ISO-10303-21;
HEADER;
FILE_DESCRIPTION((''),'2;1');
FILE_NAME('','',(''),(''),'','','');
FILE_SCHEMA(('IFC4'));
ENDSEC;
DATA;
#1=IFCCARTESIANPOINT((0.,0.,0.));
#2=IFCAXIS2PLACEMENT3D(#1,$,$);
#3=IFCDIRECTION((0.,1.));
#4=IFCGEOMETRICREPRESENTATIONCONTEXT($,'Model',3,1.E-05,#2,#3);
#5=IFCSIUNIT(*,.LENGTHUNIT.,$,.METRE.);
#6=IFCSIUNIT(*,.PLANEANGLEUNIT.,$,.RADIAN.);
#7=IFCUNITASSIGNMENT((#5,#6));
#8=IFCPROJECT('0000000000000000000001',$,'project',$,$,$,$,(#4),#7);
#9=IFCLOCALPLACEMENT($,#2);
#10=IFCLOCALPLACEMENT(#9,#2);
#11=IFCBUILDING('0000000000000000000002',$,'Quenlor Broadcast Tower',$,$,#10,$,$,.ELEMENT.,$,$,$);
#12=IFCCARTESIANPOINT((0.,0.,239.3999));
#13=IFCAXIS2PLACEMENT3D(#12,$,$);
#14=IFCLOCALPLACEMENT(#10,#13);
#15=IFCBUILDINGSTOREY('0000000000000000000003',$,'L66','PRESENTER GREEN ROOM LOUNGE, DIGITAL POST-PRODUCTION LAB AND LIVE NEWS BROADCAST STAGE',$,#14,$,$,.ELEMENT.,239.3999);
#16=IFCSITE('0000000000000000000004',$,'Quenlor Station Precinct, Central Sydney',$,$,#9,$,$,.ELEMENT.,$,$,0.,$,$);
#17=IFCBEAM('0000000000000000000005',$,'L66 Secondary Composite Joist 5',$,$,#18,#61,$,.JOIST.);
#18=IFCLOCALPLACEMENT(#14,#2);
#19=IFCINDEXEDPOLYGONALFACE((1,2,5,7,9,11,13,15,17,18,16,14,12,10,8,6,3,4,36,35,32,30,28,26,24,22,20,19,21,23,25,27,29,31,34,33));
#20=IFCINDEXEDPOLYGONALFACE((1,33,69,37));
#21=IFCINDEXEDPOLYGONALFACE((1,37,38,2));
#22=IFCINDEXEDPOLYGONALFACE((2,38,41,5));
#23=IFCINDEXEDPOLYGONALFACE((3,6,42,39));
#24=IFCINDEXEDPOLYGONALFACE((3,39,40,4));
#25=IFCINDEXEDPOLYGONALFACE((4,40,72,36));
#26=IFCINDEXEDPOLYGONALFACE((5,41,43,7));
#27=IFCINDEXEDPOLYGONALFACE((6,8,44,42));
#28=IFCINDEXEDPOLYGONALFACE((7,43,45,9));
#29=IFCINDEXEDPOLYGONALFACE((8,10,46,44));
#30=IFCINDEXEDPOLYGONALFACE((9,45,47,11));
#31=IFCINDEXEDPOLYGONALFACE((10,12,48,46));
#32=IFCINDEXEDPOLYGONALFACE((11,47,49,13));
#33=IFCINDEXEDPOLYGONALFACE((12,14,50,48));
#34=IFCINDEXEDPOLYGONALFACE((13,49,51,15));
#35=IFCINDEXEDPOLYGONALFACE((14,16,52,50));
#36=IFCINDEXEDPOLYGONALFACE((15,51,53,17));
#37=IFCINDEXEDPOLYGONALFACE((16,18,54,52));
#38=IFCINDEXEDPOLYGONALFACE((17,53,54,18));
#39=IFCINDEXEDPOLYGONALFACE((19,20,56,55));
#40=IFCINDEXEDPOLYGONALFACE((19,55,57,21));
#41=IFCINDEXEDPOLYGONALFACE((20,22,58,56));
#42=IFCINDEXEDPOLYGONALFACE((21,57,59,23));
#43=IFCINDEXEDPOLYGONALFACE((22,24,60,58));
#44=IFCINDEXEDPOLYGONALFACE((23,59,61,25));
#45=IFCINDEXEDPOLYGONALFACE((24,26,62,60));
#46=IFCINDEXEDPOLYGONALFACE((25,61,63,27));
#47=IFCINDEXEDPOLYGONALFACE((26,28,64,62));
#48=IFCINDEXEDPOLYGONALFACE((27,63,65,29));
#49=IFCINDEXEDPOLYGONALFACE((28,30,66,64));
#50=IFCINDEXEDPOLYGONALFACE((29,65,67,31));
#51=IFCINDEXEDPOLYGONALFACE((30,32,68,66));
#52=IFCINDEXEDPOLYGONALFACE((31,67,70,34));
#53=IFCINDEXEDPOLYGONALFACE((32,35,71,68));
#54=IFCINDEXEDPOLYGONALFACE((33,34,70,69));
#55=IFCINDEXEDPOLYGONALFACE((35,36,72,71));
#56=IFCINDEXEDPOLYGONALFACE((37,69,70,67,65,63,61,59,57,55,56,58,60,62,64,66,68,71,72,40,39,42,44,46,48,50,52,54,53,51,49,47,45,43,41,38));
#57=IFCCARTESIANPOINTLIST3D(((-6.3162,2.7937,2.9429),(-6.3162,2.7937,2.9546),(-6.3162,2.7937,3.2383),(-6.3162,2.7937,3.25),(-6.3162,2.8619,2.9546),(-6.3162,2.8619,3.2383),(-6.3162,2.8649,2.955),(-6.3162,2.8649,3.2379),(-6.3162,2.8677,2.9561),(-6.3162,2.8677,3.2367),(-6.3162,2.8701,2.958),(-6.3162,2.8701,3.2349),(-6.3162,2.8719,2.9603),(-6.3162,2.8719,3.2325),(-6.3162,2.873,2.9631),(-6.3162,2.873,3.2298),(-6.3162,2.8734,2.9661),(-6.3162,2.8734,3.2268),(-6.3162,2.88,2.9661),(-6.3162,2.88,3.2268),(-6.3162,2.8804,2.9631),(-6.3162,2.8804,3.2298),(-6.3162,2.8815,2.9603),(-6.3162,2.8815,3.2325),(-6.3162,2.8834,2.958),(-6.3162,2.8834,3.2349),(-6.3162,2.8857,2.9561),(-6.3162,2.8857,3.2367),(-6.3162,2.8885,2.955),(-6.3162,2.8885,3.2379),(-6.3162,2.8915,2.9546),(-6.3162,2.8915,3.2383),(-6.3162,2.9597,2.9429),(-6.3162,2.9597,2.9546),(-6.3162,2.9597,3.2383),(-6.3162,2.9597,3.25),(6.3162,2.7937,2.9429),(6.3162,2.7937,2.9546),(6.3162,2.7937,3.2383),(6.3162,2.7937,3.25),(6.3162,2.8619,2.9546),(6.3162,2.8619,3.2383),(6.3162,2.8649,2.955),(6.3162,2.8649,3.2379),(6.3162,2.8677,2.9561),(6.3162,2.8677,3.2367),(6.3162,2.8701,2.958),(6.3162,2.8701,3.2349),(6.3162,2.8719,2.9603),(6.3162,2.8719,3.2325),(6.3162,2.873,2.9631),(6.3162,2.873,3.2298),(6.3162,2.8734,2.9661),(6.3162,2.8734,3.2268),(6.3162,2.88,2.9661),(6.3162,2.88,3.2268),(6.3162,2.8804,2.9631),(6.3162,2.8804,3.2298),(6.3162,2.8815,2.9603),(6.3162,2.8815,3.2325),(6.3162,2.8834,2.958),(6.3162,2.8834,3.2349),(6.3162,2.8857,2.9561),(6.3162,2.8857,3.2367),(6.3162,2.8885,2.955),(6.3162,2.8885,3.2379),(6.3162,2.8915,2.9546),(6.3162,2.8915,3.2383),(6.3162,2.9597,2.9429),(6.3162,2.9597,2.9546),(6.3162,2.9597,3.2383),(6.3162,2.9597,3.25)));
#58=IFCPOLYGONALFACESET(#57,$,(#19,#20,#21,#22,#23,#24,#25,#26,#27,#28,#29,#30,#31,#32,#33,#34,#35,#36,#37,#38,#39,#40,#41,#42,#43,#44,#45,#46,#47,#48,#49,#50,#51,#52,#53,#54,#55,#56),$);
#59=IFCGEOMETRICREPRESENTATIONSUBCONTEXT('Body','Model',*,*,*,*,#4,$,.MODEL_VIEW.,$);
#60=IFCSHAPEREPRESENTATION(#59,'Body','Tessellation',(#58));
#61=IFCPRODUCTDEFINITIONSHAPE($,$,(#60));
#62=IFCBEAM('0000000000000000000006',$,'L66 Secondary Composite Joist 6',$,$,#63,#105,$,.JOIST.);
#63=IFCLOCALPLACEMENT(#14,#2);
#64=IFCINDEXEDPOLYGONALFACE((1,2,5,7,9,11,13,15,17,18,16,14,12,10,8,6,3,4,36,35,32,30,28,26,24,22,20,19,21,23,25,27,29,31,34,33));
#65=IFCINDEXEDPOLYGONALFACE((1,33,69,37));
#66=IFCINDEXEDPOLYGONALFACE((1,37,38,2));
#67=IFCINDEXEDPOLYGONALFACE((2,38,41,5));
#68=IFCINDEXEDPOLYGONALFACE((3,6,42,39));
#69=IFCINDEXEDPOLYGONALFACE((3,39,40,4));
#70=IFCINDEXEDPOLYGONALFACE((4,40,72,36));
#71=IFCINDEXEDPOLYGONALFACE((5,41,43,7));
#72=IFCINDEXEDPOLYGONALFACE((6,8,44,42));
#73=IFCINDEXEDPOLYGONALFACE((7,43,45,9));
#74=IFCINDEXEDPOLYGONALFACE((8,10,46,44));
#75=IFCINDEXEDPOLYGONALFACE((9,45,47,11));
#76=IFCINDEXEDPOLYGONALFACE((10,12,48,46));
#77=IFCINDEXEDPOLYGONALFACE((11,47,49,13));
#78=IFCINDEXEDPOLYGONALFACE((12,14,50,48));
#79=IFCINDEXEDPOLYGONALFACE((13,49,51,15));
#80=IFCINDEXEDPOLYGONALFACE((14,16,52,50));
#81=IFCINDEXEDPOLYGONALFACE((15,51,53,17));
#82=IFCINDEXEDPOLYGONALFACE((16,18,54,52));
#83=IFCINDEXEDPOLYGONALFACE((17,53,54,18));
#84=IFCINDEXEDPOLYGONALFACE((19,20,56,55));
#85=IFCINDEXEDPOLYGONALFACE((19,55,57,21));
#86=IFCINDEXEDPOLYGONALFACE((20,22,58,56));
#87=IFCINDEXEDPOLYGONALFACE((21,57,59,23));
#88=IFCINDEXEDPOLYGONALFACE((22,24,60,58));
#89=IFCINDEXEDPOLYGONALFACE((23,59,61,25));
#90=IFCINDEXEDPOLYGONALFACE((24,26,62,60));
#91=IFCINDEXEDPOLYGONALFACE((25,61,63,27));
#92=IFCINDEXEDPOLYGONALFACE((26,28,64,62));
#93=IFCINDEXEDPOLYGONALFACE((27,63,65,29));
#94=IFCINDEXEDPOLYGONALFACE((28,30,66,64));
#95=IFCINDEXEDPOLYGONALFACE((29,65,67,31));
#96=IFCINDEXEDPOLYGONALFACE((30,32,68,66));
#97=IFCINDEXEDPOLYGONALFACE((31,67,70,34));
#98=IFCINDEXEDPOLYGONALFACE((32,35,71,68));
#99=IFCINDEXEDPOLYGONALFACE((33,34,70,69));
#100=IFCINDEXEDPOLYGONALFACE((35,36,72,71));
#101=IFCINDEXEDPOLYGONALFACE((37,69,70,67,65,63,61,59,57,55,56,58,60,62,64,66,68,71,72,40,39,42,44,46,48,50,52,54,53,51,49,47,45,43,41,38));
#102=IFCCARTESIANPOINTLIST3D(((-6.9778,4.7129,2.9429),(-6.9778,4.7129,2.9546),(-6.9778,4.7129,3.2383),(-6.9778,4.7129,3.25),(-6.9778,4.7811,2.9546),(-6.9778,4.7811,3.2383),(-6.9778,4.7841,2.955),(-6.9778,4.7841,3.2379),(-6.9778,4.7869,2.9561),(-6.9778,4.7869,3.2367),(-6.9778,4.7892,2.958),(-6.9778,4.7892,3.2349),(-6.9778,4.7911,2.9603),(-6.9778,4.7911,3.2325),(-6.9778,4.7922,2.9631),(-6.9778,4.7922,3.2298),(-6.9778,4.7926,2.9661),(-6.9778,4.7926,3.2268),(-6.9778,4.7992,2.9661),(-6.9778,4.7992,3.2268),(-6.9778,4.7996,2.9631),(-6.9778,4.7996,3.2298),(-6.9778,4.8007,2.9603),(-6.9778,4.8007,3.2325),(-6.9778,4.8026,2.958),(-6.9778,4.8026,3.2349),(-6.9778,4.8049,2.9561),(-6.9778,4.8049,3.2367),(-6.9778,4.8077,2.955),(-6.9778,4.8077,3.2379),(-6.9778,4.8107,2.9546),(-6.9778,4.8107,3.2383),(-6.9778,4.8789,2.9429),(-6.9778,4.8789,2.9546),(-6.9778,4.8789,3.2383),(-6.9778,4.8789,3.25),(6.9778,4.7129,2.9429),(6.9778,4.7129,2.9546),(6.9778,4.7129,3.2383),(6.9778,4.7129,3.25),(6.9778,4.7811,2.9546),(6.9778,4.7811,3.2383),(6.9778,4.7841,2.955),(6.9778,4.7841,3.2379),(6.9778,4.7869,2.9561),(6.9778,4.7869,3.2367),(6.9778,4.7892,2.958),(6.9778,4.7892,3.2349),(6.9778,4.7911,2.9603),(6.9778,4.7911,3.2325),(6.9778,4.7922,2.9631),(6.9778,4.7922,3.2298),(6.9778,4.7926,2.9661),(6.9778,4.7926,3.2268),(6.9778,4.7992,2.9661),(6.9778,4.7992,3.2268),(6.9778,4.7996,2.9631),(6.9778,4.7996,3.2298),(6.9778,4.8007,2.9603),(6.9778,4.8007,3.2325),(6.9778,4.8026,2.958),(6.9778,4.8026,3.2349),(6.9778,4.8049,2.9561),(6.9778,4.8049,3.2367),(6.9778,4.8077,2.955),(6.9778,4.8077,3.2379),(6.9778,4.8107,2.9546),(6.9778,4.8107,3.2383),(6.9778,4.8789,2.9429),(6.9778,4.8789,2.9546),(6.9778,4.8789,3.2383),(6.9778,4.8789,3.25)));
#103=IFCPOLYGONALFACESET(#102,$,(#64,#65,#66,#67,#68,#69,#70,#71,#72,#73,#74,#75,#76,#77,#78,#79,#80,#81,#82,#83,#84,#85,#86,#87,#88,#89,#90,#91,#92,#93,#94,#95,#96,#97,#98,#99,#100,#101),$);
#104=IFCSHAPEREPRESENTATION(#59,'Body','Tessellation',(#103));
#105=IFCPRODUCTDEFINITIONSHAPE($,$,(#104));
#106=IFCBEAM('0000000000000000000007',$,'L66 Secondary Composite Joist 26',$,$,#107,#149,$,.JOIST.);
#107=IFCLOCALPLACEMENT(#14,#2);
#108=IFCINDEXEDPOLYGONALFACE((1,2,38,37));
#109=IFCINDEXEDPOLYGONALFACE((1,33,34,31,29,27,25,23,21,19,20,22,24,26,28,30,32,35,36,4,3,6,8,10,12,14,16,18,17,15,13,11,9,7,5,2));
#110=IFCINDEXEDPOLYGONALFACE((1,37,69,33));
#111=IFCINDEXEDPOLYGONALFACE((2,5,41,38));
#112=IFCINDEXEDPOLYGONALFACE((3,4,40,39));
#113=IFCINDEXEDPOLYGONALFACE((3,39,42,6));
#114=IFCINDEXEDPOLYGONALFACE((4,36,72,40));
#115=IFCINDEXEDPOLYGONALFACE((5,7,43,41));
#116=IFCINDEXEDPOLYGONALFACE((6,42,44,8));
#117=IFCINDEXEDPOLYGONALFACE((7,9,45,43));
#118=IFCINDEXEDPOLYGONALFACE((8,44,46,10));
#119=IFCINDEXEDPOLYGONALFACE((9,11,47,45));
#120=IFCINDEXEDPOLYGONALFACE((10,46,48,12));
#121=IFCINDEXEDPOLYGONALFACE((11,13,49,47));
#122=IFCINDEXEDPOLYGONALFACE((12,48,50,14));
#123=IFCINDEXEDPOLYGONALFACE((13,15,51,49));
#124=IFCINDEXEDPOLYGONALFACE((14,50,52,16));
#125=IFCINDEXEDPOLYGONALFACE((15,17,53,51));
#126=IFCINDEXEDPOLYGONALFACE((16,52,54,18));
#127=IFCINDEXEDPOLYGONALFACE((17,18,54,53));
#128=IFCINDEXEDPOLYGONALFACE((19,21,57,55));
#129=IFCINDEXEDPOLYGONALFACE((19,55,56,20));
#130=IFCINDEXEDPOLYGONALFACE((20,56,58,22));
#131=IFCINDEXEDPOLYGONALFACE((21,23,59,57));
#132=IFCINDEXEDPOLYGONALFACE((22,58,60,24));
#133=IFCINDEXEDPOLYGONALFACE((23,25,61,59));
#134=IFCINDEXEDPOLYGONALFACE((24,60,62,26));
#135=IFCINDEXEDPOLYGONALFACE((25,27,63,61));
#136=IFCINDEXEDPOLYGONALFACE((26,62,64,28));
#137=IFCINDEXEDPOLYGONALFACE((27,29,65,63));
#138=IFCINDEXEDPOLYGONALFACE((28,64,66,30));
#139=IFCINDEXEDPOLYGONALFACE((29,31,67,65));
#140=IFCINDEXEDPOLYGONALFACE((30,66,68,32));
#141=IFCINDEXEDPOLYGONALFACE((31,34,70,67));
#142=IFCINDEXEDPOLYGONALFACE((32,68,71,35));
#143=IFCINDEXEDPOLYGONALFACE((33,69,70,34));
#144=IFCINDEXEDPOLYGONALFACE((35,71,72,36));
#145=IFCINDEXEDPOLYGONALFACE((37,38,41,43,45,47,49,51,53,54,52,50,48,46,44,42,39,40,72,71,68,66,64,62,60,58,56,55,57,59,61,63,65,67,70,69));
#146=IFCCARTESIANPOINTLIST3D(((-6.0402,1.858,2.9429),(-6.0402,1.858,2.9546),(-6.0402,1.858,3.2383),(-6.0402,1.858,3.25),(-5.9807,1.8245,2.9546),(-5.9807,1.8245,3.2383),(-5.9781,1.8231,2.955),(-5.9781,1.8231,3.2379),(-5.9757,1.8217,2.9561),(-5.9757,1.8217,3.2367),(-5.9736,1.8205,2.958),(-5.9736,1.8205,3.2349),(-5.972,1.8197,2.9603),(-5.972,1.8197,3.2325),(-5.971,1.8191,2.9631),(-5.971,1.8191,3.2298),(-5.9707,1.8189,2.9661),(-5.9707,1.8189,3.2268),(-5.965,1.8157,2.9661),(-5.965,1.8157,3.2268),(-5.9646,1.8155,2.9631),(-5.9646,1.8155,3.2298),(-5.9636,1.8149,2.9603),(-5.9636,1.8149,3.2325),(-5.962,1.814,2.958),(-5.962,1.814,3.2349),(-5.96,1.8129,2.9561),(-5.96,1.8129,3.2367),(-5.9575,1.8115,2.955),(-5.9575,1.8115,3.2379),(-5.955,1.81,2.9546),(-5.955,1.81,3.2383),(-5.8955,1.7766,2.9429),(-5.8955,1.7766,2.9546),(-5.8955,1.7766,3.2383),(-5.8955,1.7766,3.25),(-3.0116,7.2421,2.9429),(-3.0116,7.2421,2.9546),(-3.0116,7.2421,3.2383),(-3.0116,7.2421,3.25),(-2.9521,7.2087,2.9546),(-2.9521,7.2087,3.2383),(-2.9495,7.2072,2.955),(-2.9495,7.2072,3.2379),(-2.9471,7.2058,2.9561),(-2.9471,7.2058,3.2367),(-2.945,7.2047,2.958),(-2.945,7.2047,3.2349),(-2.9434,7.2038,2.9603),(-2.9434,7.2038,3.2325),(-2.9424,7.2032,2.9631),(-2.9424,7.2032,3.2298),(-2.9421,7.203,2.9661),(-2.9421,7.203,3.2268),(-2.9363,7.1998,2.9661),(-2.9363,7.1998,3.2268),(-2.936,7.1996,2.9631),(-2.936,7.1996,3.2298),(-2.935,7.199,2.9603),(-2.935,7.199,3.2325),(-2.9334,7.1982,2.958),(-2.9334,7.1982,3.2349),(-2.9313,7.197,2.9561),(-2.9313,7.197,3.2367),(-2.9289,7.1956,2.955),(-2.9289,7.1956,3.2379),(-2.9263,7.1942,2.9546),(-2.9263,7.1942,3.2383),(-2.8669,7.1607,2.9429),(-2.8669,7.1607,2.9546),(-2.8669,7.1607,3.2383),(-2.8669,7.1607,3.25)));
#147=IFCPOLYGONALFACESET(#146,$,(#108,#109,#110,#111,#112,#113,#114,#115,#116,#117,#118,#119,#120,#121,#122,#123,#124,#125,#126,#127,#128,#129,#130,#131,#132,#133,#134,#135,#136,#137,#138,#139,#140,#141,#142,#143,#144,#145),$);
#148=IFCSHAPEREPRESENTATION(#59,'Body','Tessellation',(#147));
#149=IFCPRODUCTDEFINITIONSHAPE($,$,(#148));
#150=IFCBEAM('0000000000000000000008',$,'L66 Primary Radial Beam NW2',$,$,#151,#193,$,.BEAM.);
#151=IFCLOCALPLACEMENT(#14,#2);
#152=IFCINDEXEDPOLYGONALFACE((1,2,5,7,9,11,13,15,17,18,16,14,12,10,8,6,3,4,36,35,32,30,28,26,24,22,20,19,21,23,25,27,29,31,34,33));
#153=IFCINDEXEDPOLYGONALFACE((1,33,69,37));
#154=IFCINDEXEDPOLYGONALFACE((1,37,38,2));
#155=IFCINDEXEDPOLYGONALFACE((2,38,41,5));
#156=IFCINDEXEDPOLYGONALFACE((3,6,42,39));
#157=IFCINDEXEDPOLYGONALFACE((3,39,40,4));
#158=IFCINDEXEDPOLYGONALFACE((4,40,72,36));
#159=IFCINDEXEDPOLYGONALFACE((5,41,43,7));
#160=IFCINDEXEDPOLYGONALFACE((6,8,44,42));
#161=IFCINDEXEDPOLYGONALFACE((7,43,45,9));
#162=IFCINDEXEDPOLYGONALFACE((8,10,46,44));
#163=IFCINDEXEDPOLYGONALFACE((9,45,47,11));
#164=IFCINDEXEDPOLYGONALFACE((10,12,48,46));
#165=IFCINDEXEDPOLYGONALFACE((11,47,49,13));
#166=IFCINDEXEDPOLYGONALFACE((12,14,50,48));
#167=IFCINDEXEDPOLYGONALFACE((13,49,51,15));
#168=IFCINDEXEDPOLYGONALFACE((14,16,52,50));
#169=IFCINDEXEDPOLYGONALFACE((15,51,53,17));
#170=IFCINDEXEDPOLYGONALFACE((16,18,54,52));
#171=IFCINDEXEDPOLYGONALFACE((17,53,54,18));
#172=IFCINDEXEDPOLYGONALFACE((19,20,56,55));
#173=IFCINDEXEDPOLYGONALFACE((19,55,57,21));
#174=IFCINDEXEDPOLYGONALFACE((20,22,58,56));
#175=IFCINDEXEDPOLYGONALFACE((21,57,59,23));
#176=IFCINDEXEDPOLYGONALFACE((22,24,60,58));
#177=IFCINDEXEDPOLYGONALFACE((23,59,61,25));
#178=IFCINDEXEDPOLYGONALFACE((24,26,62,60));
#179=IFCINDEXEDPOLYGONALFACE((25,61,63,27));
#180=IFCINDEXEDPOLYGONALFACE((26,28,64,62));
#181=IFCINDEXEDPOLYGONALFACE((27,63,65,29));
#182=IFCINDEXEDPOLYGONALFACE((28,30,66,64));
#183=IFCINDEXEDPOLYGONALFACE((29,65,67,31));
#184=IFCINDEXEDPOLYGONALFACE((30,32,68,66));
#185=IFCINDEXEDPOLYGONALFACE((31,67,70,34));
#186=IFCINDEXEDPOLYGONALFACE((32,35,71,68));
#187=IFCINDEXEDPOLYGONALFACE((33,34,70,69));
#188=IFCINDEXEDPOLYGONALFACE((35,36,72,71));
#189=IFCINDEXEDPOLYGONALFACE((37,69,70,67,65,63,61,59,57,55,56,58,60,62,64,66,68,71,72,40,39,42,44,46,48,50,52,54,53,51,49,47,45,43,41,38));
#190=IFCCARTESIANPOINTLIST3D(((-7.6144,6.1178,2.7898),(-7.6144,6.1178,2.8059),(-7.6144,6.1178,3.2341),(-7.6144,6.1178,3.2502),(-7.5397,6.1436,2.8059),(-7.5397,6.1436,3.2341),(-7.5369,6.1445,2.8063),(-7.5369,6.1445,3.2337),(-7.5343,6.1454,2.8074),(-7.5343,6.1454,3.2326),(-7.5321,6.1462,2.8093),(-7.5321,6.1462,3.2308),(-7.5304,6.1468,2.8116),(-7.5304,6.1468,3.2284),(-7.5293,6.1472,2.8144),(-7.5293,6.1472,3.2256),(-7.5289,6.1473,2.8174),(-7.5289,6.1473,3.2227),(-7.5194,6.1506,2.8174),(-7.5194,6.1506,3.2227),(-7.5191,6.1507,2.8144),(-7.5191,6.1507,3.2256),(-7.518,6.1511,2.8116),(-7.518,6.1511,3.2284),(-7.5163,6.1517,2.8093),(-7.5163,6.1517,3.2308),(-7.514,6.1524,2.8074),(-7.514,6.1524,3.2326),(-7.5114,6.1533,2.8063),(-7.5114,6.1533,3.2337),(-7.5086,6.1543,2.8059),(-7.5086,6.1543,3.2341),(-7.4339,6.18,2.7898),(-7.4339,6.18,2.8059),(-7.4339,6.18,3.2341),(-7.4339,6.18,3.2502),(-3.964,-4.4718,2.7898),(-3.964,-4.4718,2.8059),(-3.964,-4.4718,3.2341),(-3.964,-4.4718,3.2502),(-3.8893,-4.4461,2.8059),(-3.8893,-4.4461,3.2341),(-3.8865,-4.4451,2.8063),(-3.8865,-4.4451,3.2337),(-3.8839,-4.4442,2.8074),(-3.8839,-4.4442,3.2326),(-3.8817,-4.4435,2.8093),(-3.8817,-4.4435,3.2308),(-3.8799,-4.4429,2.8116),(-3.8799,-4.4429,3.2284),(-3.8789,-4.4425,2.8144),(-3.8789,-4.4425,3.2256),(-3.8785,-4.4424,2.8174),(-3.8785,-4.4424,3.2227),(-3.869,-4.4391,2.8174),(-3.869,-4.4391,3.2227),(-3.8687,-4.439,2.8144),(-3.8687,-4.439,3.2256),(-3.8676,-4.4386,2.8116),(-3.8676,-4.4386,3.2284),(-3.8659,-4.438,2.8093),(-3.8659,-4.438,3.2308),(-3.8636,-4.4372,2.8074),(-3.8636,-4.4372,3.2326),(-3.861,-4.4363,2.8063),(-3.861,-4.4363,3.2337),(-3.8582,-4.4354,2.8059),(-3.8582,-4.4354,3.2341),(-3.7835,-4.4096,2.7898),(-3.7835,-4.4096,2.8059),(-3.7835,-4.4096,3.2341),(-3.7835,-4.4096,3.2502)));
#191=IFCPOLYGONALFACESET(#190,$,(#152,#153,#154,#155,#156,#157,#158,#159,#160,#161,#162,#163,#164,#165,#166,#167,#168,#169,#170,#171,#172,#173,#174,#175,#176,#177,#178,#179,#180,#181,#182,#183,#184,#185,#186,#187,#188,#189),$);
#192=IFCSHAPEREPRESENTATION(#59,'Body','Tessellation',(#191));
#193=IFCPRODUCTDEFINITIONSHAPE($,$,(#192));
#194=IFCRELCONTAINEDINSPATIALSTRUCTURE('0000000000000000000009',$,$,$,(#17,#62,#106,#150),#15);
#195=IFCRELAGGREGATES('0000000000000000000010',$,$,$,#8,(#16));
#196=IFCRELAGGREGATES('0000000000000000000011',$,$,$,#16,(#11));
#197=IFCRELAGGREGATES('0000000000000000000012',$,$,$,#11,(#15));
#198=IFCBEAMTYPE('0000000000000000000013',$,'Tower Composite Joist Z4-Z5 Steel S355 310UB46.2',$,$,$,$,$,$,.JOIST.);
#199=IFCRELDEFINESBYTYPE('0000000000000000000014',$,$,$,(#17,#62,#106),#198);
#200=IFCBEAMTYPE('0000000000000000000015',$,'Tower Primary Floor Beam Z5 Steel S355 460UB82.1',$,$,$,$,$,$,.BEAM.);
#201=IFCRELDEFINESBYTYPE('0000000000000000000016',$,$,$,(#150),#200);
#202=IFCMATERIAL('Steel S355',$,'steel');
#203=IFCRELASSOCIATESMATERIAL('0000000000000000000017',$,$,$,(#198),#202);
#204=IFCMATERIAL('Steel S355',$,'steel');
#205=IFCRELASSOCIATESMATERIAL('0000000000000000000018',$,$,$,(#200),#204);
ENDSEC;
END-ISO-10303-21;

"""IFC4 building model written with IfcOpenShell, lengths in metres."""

from ifc_helpers import new_model, si_unit, direction, frame, origin, origin_2d, place, context, subcontext, project, spatial, i_section, extrude, material, material_profile, profile_set, type_object, element, save


model = new_model("IFC4")

# Units and contexts
model_context = context("Model", 3, precision=1e-05, world=origin(), true_north=direction((0.0, 1.0)))
body_context = subcontext(model_context, "Body", "Model", "MODEL_VIEW")
ifc_project = project(units=[si_unit("LENGTHUNIT", "METRE"), si_unit("PLANEANGLEUNIT", "RADIAN")], contexts=[model_context])

# Site, building, storey
site_placement = place(None, origin())
site = spatial("IfcSite", under=ifc_project, at=site_placement, Name="Quenlor Station Precinct, Central Sydney", CompositionType="ELEMENT", RefElevation=0.0)
building_placement = place(site_placement, origin())
building = spatial("IfcBuilding", under=site, at=building_placement, Name="Quenlor Broadcast Tower", CompositionType="ELEMENT")
storey_placement = place(building_placement, frame((0.0, 0.0, 239.3999)))
storey = spatial("IfcBuildingStorey", under=building, at=storey_placement, Name="L66", Description="PRESENTER GREEN ROOM LOUNGE, DIGITAL POST-PRODUCTION LAB AND LIVE NEWS BROADCAST STAGE", CompositionType="ELEMENT", Elevation=239.3999)

# Beams
ifc_material_1 = material(Name="Steel S355", Category="steel")
ifc_material_profile_1 = material_profile(ifc_material_1, i_section(OverallWidth=0.166, OverallDepth=0.3071, WebThickness=0.0066, FlangeThickness=0.0117, FilletRadius=0.0115, at=origin_2d()))
ifc_profile_set_1 = profile_set([ifc_material_profile_1], Name="Steel S355 310UB46.2")
beam_type_1 = type_object("IfcBeamType", Name="Tower Composite Joist Z4-Z5 Steel S355 310UB46.2", PredefinedType="JOIST", material=ifc_profile_set_1)
beam_1_placement = place(storey_placement, frame((-6.3162, 2.8767, 3.0964), z_axis=(1.0, 0.0, 0.0), x_axis=(0.0, 1.0, 0.0)))
element("IfcBeam", 1, at=beam_1_placement, inside=storey, type_object=beam_type_1, Name="L66 Secondary Composite Joist 5", PredefinedType="JOIST", context=body_context, shape_type="SweptSolid", body=[
    extrude(i_section(OverallWidth=0.166, OverallDepth=0.3071, WebThickness=0.0066, FlangeThickness=0.0117, FilletRadius=0.0115, at=origin_2d()), origin(), (0.0, 0.0, 1.0), 12.6323),
])
beam_2_placement = place(storey_placement, frame((-6.9778, 4.7959, 3.0964), z_axis=(1.0, 0.0, 0.0), x_axis=(0.0, 1.0, 0.0)))
element("IfcBeam", 2, at=beam_2_placement, inside=storey, type_object=beam_type_1, Name="L66 Secondary Composite Joist 6", PredefinedType="JOIST", context=body_context, shape_type="SweptSolid", body=[
    extrude(i_section(OverallWidth=0.166, OverallDepth=0.3071, WebThickness=0.0066, FlangeThickness=0.0117, FilletRadius=0.0115, at=origin_2d()), origin(), (0.0, 0.0, 1.0), 13.9556),
])
beam_3_placement = place(storey_placement, frame((-2.9392, 7.2014, 3.0964), z_axis=(-0.490267, -0.871572, 0.0), x_axis=(0.871572, -0.490267, 0.0)))
element("IfcBeam", 3, at=beam_3_placement, inside=storey, type_object=beam_type_1, Name="L66 Secondary Composite Joist 26", PredefinedType="JOIST", context=body_context, shape_type="SweptSolid", body=[
    extrude(i_section(OverallWidth=0.166, OverallDepth=0.3071, WebThickness=0.0066, FlangeThickness=0.0117, FilletRadius=0.0115, at=origin_2d()), origin(), (0.0, 0.0, 1.0), 6.1775),
])
ifc_material_2 = material(Name="Steel S355", Category="steel")
ifc_material_profile_2 = material_profile(ifc_material_2, i_section(OverallWidth=0.1909, OverallDepth=0.4604, WebThickness=0.01, FlangeThickness=0.0161, FilletRadius=0.0115, at=origin_2d()))
ifc_profile_set_2 = profile_set([ifc_material_profile_2], Name="Steel S355 460UB82.1")
beam_type_2 = type_object("IfcBeamType", Name="Tower Primary Floor Beam Z5 Steel S355 460UB82.1", PredefinedType="BEAM", material=ifc_profile_set_2)
beam_4_placement = place(storey_placement, frame((-7.5242, 6.1489, 3.02), z_axis=(0.325895, -0.945406, 0.0), x_axis=(0.945406, 0.325895, 0.0)))
element("IfcBeam", 4, at=beam_4_placement, inside=storey, type_object=beam_type_2, Name="L66 Primary Radial Beam NW2", PredefinedType="BEAM", context=body_context, shape_type="SweptSolid", body=[
    extrude(i_section(OverallWidth=0.1909, OverallDepth=0.4604, WebThickness=0.01, FlangeThickness=0.0161, FilletRadius=0.0115, at=origin_2d()), origin(), (0.0, 0.0, 1.0), 11.2012),
])

save(model, "model.ifc")
